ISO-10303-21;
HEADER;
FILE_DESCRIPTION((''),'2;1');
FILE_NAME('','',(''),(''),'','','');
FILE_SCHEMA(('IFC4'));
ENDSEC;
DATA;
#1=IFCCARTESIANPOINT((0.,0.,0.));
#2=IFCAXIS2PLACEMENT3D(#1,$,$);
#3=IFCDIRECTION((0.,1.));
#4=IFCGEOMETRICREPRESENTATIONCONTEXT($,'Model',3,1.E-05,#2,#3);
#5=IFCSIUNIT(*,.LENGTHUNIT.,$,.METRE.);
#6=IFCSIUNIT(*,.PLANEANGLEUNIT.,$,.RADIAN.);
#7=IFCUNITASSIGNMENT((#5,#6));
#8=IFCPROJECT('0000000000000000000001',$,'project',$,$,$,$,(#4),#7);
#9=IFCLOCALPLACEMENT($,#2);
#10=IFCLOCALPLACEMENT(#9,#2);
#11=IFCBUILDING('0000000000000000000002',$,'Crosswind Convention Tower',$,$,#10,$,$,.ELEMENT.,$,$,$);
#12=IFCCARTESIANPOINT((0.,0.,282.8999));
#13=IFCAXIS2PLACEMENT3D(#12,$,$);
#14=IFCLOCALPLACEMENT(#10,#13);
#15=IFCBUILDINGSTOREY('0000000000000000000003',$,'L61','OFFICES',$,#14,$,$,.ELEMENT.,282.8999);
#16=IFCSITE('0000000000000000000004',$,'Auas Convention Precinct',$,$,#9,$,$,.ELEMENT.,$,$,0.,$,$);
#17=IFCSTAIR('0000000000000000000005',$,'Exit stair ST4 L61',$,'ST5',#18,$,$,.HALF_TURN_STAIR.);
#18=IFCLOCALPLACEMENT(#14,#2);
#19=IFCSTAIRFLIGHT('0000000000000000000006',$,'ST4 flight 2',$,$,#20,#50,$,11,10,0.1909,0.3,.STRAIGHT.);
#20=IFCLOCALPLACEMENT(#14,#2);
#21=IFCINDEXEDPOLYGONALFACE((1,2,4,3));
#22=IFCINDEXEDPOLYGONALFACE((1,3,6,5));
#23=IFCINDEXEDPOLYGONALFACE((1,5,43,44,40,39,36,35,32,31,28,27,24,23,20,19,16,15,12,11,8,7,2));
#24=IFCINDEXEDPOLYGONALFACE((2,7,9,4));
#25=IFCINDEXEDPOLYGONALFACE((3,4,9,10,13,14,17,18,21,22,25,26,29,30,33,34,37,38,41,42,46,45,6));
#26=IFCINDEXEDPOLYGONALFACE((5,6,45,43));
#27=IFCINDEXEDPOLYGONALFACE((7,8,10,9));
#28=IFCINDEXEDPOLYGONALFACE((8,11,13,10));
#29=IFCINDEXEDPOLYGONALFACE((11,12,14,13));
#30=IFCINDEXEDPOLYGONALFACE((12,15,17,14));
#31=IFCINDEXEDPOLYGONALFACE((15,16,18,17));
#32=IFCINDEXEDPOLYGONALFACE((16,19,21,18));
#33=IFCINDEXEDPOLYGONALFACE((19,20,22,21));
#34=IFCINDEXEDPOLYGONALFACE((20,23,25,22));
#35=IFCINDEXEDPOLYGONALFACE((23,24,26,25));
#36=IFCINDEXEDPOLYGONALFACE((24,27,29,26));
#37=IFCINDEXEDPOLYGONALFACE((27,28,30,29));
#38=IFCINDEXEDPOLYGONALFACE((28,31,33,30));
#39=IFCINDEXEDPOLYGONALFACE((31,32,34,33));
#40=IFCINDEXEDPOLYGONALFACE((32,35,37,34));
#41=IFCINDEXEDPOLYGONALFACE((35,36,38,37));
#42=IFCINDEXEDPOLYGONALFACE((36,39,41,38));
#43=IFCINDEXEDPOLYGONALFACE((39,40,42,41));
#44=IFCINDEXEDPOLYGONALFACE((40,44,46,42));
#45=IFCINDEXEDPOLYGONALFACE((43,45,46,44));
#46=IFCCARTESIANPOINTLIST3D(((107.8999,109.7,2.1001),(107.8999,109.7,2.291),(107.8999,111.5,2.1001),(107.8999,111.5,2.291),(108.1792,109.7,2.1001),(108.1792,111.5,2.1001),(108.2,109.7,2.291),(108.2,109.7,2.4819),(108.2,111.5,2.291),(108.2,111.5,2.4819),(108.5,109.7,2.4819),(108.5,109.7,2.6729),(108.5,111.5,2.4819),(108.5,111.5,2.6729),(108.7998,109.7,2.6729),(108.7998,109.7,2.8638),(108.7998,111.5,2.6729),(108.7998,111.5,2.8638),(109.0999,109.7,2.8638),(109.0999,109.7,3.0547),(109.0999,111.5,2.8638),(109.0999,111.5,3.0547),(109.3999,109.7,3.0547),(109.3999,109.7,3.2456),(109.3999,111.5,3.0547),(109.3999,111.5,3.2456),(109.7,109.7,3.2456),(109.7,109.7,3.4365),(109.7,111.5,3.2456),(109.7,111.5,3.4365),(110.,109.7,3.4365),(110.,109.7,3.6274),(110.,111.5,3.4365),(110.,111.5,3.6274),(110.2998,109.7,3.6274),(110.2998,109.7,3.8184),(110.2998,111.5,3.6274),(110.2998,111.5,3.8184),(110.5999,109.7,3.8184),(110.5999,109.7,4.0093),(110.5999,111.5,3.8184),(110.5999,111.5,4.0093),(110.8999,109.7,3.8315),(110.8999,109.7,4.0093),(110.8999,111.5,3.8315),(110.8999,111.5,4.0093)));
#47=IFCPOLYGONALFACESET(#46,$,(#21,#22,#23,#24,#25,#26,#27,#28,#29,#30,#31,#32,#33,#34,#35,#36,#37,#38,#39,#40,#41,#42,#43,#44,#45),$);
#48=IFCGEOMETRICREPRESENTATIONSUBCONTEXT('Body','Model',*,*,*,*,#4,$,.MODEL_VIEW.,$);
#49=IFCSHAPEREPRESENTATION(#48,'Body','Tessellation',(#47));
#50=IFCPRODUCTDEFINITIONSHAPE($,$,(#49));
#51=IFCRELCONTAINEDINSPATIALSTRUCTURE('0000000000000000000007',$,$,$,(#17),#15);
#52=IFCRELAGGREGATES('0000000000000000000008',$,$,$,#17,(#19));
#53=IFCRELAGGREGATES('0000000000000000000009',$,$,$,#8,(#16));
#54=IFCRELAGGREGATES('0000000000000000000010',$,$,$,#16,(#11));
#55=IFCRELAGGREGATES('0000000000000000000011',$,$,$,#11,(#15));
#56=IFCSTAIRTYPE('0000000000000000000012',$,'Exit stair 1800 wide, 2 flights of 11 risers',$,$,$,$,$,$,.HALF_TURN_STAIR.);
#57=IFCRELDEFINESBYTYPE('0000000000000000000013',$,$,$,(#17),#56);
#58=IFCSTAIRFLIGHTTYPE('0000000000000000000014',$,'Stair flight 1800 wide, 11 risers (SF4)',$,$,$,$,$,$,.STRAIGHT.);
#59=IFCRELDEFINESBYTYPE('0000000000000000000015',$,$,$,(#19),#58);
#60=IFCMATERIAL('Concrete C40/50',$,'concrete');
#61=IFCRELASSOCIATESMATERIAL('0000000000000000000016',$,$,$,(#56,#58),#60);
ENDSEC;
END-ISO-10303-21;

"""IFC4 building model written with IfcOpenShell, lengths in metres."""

from ifc_helpers import new_model, si_unit, direction, frame, origin, place, context, subcontext, project, spatial, polyline, outline, extrude, material, type_object, element, aggregate, save


model = new_model("IFC4")

# Units and contexts
model_context = context("Model", 3, precision=1e-05, world=origin(), true_north=direction((0.0, 1.0)))
body_context = subcontext(model_context, "Body", "Model", "MODEL_VIEW")
ifc_project = project(units=[si_unit("LENGTHUNIT", "METRE"), si_unit("PLANEANGLEUNIT", "RADIAN")], contexts=[model_context])

# Site, building, storey
site_placement = place(None, origin())
site = spatial("IfcSite", under=ifc_project, at=site_placement, Name="Auas Convention Precinct", CompositionType="ELEMENT", RefElevation=0.0)
building_placement = place(site_placement, origin())
building = spatial("IfcBuilding", under=site, at=building_placement, Name="Crosswind Convention Tower", CompositionType="ELEMENT")
storey_placement = place(building_placement, frame((0.0, 0.0, 282.8999)))
storey = spatial("IfcBuildingStorey", under=building, at=storey_placement, Name="L61", Description="OFFICES", CompositionType="ELEMENT", Elevation=282.8999)

# Stair, stair flight
ifc_material_1 = material(Name="Concrete C40/50", Category="concrete")
stair_type = type_object("IfcStairType", Name="Exit stair 1800 wide, 2 flights of 11 risers", PredefinedType="HALF_TURN_STAIR", material=ifc_material_1)
stair_placement = place(storey_placement, origin())
stair = element("IfcStair", 1, at=stair_placement, inside=storey, type_object=stair_type, Name="Exit stair ST4 L61", ObjectType="ST5", PredefinedType="HALF_TURN_STAIR")
stair_flight_type = type_object("IfcStairFlightType", Name="Stair flight 1800 wide, 11 risers (SF4)", PredefinedType="STRAIGHT", material=ifc_material_1)
stair_flight_placement = place(storey_placement, frame((107.8999, 110.6001, 2.1001), z_axis=(0.0, 0.0, 1.0), x_axis=(1.0, 0.0, 0.0)))
stair_flight = element("IfcStairFlight", 2, at=stair_flight_placement, type_object=stair_flight_type, Name="ST4 flight 2", NumberOfRisers=11, NumberOfTreads=10, PredefinedType="STRAIGHT", RiserHeight=0.1909, TreadLength=0.3, context=body_context, shape_type="SweptSolid", body=[
    extrude(outline(polyline([(0.0, 0.0), (0.0, 0.1909), (0.3, 0.1909), (0.3, 0.3818), (0.6001, 0.3818), (0.6001, 0.5728), (0.8999, 0.5728), (0.8999, 0.7637), (1.2, 0.7637), (1.2, 0.9546), (1.5, 0.9546), (1.5, 1.1455), (1.8, 1.1455), (1.8, 1.3364), (2.1001, 1.3364), (2.1001, 1.5273), (2.3999, 1.5273), (2.3999, 1.7183), (2.7, 1.7183), (2.7, 1.9092), (3.0, 1.9092), (3.0, 2.1001), (3.0, 1.7314), (0.2793, 0.0), (0.0, 0.0)])), frame((0.0, 0.8999, 0.0), z_axis=(0.0, -1.0, 0.0), x_axis=(1.0, 0.0, 0.0)), (0.0, 0.0, 1.0), 1.8),
])
aggregate(stair, [stair_flight])

save(model, "model.ifc")
